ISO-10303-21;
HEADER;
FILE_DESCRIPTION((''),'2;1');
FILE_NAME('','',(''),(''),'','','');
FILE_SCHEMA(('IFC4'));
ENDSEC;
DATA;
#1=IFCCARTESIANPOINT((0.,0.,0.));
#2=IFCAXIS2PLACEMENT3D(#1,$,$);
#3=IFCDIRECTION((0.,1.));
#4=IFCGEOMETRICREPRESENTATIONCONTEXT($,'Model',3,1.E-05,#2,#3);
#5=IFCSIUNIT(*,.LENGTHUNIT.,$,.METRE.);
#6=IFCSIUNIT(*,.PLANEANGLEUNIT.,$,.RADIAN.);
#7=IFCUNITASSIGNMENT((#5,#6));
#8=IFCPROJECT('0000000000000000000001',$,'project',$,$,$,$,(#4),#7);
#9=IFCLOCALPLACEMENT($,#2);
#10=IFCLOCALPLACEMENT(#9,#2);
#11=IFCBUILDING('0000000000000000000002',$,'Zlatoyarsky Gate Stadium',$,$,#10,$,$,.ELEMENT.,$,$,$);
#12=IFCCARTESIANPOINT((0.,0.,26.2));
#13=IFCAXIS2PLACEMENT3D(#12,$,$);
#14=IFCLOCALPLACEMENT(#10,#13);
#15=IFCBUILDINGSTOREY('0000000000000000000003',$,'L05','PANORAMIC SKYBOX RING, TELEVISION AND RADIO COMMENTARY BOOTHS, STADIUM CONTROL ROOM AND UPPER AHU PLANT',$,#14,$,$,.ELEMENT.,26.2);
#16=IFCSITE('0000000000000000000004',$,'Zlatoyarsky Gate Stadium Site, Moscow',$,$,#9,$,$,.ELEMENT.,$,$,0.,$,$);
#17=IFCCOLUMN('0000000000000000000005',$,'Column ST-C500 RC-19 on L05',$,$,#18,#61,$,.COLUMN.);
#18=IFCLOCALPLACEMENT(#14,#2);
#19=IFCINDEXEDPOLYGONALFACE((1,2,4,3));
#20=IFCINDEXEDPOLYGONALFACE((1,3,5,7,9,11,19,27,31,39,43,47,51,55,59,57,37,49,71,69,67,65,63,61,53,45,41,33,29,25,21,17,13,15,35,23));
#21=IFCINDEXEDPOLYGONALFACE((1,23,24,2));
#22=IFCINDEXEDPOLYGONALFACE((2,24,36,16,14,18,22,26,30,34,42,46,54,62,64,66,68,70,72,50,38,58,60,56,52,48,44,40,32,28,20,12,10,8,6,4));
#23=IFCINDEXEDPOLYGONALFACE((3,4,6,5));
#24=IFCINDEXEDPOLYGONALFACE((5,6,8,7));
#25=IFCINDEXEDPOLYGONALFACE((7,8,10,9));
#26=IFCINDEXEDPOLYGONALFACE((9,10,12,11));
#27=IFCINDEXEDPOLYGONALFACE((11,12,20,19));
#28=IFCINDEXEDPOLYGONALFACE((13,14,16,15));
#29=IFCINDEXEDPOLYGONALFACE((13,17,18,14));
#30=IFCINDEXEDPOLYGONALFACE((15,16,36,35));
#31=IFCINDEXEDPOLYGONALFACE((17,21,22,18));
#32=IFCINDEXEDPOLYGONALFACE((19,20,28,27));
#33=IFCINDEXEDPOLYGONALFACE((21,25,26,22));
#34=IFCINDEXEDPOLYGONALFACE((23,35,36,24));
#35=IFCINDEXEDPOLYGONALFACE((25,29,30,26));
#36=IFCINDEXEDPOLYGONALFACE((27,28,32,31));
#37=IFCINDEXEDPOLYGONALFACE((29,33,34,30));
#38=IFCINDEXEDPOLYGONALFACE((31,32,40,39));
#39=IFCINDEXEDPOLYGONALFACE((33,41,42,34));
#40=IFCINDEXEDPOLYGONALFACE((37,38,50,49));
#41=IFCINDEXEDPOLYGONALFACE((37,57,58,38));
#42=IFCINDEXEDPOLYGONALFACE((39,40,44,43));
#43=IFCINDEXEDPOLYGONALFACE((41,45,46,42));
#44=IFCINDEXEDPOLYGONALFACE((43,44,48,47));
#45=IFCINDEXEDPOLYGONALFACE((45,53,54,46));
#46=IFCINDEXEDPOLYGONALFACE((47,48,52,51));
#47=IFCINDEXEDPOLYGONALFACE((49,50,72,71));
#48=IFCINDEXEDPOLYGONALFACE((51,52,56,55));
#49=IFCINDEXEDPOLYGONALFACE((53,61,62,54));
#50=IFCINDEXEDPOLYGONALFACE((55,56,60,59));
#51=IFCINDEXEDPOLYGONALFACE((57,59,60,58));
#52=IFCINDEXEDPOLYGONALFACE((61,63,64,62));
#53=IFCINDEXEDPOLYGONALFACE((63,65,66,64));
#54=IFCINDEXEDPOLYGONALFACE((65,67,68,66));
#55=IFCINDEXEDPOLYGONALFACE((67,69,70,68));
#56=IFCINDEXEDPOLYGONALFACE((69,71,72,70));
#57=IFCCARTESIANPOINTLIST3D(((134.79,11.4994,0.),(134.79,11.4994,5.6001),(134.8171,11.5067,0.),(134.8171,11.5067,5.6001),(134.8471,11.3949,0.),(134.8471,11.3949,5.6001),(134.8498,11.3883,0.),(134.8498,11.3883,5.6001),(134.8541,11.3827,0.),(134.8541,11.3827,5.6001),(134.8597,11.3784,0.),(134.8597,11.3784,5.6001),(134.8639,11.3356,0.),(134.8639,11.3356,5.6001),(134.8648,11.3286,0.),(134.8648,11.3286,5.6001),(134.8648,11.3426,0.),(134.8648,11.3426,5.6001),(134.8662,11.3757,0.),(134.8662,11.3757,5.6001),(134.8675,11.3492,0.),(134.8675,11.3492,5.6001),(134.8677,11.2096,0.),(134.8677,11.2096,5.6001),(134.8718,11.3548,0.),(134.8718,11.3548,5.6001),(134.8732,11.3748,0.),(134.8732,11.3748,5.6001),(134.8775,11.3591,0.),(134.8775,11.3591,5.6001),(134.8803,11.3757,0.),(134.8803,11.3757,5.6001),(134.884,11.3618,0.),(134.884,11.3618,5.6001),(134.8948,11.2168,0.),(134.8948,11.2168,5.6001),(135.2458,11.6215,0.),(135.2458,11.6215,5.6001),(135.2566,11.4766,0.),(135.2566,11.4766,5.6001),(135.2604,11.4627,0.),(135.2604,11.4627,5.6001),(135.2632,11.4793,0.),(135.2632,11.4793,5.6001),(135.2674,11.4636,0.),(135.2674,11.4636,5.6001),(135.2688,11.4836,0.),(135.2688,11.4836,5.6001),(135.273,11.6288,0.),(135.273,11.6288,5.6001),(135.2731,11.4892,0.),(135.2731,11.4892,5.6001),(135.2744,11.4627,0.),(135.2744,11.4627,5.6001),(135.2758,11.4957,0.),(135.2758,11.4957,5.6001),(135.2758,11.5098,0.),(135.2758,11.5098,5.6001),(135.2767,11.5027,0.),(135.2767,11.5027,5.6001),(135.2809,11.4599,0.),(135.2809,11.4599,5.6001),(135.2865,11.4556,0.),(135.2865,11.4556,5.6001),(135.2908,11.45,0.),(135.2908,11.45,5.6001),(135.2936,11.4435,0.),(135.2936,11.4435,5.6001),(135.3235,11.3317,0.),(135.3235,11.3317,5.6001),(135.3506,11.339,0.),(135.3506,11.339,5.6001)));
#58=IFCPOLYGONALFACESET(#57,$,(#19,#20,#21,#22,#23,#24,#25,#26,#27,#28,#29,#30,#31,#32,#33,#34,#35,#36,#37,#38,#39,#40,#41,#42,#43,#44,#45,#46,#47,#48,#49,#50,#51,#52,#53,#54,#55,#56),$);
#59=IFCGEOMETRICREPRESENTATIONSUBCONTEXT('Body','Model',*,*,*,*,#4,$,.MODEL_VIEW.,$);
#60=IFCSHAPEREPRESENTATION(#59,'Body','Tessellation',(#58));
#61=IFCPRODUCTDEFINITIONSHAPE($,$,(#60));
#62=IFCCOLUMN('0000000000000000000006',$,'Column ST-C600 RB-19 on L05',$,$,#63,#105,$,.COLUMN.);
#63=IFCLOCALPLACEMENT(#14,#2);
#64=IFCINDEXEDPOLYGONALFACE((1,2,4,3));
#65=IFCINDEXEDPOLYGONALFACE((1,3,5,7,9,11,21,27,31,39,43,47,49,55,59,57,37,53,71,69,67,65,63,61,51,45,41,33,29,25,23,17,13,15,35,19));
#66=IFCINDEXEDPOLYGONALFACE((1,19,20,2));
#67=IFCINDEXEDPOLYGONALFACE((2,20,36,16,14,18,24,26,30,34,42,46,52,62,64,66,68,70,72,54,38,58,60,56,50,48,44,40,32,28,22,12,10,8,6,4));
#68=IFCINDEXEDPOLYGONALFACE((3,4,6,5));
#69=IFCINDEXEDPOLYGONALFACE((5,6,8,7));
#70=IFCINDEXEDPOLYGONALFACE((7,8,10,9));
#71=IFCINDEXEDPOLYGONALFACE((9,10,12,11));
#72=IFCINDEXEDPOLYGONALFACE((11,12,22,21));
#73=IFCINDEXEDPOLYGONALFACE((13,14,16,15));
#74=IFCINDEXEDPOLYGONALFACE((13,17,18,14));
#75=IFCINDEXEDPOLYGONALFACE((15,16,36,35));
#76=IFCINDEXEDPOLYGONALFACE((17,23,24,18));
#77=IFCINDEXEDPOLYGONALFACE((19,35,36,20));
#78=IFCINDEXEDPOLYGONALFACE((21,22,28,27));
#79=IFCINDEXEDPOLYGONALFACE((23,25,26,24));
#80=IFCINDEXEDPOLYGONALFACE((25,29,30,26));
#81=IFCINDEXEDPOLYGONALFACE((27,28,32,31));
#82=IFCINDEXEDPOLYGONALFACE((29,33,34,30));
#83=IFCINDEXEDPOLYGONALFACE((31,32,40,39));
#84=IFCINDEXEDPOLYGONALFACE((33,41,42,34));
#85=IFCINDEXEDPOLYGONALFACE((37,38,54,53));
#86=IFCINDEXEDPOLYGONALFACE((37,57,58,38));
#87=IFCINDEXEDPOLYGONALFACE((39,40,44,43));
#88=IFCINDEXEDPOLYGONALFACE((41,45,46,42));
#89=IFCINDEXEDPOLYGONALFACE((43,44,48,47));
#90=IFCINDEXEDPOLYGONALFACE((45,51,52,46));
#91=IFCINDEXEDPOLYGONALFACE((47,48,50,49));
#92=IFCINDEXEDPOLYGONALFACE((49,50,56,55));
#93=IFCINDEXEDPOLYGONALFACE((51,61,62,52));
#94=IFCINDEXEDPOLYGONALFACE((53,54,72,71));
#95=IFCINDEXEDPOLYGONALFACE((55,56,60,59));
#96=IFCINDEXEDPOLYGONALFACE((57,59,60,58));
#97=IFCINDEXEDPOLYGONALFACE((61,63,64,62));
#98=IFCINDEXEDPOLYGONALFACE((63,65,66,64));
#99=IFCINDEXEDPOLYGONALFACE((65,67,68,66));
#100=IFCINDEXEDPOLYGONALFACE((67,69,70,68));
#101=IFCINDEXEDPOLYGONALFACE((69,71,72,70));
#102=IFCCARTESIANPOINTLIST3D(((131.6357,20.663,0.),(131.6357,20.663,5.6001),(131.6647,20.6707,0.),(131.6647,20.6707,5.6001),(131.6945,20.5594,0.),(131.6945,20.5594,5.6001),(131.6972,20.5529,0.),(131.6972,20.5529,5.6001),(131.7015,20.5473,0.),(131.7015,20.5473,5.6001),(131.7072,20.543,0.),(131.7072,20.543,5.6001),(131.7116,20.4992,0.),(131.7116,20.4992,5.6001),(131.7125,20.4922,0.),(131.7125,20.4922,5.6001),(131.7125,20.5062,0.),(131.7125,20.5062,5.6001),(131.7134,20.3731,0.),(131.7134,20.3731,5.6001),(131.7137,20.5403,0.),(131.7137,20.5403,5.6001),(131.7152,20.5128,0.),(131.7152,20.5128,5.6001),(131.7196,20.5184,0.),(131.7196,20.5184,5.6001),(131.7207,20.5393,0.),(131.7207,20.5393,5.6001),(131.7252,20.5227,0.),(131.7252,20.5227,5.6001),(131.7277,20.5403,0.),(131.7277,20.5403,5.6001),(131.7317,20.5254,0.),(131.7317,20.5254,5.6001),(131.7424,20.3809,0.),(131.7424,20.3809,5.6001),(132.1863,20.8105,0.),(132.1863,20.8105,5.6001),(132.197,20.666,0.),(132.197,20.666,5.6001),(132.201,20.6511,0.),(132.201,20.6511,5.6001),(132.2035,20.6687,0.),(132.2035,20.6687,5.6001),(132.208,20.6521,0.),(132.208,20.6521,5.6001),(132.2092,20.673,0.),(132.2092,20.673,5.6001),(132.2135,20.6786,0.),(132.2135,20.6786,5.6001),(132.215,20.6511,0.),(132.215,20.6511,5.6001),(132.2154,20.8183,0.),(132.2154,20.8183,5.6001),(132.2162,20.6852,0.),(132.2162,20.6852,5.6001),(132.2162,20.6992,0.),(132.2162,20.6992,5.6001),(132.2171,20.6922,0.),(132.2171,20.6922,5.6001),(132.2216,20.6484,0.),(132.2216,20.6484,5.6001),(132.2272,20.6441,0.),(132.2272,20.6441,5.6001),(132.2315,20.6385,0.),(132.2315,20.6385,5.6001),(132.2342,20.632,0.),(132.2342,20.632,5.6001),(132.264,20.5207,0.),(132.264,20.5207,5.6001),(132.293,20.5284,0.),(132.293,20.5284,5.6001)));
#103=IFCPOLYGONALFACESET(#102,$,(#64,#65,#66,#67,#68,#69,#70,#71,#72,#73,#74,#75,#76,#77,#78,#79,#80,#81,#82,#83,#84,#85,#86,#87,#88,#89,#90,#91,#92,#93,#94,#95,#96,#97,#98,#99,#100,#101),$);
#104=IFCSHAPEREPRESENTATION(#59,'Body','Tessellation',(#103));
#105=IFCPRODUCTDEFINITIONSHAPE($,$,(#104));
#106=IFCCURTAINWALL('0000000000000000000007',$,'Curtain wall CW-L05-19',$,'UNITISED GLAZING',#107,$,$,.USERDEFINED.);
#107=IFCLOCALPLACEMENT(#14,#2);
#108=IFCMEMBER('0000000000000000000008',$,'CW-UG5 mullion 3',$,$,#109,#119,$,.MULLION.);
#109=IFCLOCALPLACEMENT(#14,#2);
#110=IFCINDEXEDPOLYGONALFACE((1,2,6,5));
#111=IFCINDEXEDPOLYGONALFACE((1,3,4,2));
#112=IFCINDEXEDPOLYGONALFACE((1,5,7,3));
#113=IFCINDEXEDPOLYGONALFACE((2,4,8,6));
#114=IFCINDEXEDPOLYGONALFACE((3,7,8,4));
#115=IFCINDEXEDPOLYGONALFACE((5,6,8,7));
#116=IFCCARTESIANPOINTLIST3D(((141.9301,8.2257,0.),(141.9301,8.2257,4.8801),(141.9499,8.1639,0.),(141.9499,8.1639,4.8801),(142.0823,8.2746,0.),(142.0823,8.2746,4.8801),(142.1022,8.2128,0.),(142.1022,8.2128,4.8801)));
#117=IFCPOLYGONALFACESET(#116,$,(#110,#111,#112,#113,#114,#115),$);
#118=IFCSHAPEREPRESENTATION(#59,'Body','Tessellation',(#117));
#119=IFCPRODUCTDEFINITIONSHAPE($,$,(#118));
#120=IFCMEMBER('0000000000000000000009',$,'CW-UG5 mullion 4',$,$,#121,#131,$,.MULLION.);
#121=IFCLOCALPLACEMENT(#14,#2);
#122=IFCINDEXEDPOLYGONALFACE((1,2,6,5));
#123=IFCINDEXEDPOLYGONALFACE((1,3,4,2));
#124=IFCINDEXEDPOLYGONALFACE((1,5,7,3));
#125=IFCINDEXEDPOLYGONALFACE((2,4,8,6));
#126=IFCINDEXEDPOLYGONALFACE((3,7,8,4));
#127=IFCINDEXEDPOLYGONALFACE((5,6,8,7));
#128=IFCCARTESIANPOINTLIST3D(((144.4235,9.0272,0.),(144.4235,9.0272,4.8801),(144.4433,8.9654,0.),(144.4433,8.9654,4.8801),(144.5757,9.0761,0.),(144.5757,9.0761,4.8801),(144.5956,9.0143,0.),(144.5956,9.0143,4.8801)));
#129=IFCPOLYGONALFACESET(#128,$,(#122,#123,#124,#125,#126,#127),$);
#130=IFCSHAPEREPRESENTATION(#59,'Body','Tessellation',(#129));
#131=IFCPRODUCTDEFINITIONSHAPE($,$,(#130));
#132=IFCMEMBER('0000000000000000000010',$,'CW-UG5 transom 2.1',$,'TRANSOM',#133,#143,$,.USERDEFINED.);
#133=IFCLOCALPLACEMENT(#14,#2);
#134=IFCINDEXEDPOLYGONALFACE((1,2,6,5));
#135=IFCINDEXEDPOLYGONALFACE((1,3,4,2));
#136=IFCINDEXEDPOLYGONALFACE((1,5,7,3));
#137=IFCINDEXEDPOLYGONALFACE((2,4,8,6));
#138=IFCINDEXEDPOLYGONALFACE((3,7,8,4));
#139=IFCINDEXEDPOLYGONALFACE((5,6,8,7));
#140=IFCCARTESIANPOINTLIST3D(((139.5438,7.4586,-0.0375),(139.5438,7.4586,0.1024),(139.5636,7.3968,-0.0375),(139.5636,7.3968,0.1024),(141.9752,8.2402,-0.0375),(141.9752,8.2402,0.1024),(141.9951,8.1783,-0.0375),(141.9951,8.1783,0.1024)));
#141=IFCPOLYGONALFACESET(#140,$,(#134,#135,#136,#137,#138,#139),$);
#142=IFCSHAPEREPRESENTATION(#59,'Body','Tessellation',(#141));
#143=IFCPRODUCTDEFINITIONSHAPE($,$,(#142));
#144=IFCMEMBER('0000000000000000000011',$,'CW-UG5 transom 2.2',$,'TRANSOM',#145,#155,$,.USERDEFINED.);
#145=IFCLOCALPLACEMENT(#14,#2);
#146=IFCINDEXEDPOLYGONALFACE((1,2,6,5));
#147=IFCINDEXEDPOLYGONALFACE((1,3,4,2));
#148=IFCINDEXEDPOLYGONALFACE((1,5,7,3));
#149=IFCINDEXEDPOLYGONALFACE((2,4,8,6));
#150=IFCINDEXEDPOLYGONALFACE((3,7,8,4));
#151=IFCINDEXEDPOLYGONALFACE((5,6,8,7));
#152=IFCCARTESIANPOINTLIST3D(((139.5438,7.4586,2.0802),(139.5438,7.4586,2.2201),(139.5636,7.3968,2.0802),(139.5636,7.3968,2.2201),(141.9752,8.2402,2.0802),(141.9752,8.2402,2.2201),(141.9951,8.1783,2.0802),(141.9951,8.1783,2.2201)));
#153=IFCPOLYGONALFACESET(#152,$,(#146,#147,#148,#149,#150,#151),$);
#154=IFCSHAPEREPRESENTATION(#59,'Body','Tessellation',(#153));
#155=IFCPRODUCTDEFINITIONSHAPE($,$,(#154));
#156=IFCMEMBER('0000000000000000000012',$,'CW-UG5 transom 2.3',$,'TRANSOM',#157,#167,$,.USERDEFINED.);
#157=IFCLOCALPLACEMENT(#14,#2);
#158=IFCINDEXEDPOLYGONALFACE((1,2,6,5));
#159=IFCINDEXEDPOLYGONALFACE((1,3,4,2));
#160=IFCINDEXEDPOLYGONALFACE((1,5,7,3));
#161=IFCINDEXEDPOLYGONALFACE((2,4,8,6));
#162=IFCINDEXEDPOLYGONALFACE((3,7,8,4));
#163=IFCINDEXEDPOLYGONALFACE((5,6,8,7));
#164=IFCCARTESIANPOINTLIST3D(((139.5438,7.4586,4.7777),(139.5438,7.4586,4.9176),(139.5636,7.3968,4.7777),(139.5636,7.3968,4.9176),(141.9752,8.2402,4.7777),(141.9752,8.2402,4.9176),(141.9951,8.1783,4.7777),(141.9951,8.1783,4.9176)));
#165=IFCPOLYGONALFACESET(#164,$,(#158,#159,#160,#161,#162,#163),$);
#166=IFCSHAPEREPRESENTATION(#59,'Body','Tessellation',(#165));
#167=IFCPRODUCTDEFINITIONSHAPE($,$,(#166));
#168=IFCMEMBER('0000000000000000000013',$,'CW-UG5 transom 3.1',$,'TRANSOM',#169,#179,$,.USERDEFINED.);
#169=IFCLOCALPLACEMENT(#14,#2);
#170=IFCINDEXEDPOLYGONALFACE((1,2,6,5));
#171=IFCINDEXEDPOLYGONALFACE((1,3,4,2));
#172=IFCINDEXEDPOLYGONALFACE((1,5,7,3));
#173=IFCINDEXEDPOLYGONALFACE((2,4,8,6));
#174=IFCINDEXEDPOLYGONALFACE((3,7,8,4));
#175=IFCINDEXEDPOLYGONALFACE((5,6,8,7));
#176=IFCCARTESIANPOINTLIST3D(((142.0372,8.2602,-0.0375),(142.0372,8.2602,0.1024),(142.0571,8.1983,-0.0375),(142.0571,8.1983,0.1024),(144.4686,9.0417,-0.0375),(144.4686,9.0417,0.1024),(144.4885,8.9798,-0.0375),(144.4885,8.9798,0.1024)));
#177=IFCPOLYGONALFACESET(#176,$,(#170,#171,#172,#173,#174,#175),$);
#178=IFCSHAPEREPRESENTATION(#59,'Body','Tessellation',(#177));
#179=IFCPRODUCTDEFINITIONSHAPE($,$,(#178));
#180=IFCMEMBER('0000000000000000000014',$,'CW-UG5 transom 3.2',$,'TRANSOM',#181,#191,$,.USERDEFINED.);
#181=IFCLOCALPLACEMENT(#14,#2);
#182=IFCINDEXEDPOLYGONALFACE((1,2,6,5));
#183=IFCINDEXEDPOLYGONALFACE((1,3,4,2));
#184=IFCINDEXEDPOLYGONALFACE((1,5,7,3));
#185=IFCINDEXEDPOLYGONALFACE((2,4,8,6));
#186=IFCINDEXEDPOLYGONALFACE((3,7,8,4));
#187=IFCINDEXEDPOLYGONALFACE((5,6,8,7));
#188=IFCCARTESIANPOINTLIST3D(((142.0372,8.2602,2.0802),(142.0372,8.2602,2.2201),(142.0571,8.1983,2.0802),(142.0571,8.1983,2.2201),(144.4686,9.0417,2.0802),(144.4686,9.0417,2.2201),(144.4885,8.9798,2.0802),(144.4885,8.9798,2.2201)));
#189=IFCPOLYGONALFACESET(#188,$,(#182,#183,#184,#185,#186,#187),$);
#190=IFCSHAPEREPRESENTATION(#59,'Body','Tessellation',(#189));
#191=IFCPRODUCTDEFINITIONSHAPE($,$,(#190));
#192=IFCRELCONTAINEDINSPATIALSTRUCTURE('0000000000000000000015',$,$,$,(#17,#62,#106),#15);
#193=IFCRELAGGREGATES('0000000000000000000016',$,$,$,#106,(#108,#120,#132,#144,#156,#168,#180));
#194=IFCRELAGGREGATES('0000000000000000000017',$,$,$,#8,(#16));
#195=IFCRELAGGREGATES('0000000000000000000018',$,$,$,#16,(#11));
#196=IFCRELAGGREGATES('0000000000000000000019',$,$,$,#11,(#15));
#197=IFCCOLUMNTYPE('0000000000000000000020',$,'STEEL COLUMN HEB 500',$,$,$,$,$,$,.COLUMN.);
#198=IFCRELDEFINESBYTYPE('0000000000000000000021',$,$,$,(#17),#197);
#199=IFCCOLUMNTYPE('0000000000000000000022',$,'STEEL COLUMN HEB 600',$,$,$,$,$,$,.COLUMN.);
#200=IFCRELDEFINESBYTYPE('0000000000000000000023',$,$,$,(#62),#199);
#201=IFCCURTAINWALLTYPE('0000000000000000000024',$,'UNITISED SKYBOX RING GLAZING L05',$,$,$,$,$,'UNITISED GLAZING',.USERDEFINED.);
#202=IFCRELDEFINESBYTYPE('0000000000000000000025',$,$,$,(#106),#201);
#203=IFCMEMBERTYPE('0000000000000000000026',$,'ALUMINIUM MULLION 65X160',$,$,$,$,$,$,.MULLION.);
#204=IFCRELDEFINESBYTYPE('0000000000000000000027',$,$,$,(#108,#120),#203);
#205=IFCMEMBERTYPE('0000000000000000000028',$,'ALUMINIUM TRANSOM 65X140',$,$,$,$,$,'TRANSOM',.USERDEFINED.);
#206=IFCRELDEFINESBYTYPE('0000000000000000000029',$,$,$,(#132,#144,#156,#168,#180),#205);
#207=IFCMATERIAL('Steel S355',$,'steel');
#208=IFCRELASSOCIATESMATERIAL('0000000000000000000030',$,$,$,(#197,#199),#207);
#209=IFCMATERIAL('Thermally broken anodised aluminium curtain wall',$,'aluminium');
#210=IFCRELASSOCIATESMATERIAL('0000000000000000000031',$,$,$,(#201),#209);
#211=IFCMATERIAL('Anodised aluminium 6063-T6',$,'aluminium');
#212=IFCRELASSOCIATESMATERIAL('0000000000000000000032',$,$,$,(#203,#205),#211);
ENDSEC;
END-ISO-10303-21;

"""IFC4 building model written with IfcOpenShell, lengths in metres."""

from ifc_helpers import new_model, si_unit, direction, frame, origin, origin_2d, place, context, subcontext, project, spatial, rectangle, i_section, extrude, material, material_profile, profile_set, type_object, element, aggregate, save


model = new_model("IFC4")

# Units and contexts
model_context = context("Model", 3, precision=1e-05, world=origin(), true_north=direction((0.0, 1.0)))
body_context = subcontext(model_context, "Body", "Model", "MODEL_VIEW")
ifc_project = project(units=[si_unit("LENGTHUNIT", "METRE"), si_unit("PLANEANGLEUNIT", "RADIAN")], contexts=[model_context])

# Site, building, storey
site_placement = place(None, origin())
site = spatial("IfcSite", under=ifc_project, at=site_placement, Name="Zlatoyarsky Gate Stadium Site, Moscow", CompositionType="ELEMENT", RefElevation=0.0)
building_placement = place(site_placement, origin())
building = spatial("IfcBuilding", under=site, at=building_placement, Name="Zlatoyarsky Gate Stadium", CompositionType="ELEMENT")
storey_placement = place(building_placement, frame((0.0, 0.0, 26.2)))
storey = spatial("IfcBuildingStorey", under=building, at=storey_placement, Name="L05", Description="PANORAMIC SKYBOX RING, TELEVISION AND RADIO COMMENTARY BOOTHS, STADIUM CONTROL ROOM AND UPPER AHU PLANT", CompositionType="ELEMENT", Elevation=26.2)

# Columns
ifc_material_1 = material(Name="Steel S355", Category="steel")
ifc_material_profile_1 = material_profile(ifc_material_1, i_section(OverallWidth=0.3, OverallDepth=0.5, WebThickness=0.0144, FlangeThickness=0.0281, FilletRadius=0.0271, at=origin_2d()), Name="HEB 500")
ifc_profile_set_1 = profile_set([ifc_material_profile_1], Name="Steel S355")
column_type_1 = type_object("IfcColumnType", Name="STEEL COLUMN HEB 500", PredefinedType="COLUMN", material=ifc_profile_set_1)
column_1_placement = place(storey_placement, frame((135.0703, 11.4192, 0.0), z_axis=(0.0, 0.0, 1.0), x_axis=(0.258819, -0.965926, 0.0)))
element("IfcColumn", 1, at=column_1_placement, inside=storey, type_object=column_type_1, Name="Column ST-C500 RC-19 on L05", PredefinedType="COLUMN", context=body_context, shape_type="SweptSolid", body=[
    extrude(i_section(OverallWidth=0.3, OverallDepth=0.5, WebThickness=0.0144, FlangeThickness=0.0281, FilletRadius=0.0271, at=origin_2d()), origin(), (0.0, 0.0, 1.0), 5.6001),
])
ifc_material_profile_2 = material_profile(ifc_material_1, i_section(OverallWidth=0.3, OverallDepth=0.6001, WebThickness=0.0154, FlangeThickness=0.03, FilletRadius=0.0271, at=origin_2d()), Name="HEB 600")
ifc_profile_set_2 = profile_set([ifc_material_profile_2], Name="Steel S355")
column_type_2 = type_object("IfcColumnType", Name="STEEL COLUMN HEB 600", PredefinedType="COLUMN", material=ifc_profile_set_2)
column_2_placement = place(storey_placement, frame((131.9644, 20.5957, 0.0), z_axis=(0.0, 0.0, 1.0), x_axis=(0.258819, -0.965926, 0.0)))
element("IfcColumn", 2, at=column_2_placement, inside=storey, type_object=column_type_2, Name="Column ST-C600 RB-19 on L05", PredefinedType="COLUMN", context=body_context, shape_type="SweptSolid", body=[
    extrude(i_section(OverallWidth=0.3, OverallDepth=0.6001, WebThickness=0.0154, FlangeThickness=0.03, FilletRadius=0.0271, at=origin_2d()), origin(), (0.0, 0.0, 1.0), 5.6001),
])

# Curtain wall, members
ifc_material_2 = material(Name="Thermally broken anodised aluminium curtain wall", Category="aluminium")
curtain_wall_type = type_object("IfcCurtainWallType", Name="UNITISED SKYBOX RING GLAZING L05", ElementType="UNITISED GLAZING", PredefinedType="USERDEFINED", material=ifc_material_2)
curtain_wall_placement = place(storey_placement, origin())
curtain_wall = element("IfcCurtainWall", 3, at=curtain_wall_placement, inside=storey, type_object=curtain_wall_type, Name="Curtain wall CW-L05-19", ObjectType="UNITISED GLAZING", PredefinedType="USERDEFINED")
ifc_material_3 = material(Name="Anodised aluminium 6063-T6", Category="aluminium")
ifc_material_profile_3 = material_profile(ifc_material_3, rectangle(XDim=0.0649, YDim=0.1599, at=origin_2d()), Name="ALU 65X160")
ifc_profile_set_3 = profile_set([ifc_material_profile_3], Name="Anodised aluminium 6063-T6")
member_type_1 = type_object("IfcMemberType", Name="ALUMINIUM MULLION 65X160", PredefinedType="MULLION", material=ifc_profile_set_3)
member_1_placement = place(storey_placement, frame((142.0161, 8.2192, 0.0), z_axis=(0.0, 0.0, 1.0), x_axis=(-0.305978, 0.952039, 0.0)))
member_1 = element("IfcMember", 4, at=member_1_placement, type_object=member_type_1, Name="CW-UG5 mullion 3", PredefinedType="MULLION", context=body_context, shape_type="SweptSolid", body=[
    extrude(rectangle(XDim=0.0649, YDim=0.1599, at=origin_2d()), origin(), (0.0, 0.0, 1.0), 4.8801),
])
member_2_placement = place(storey_placement, frame((144.5095, 9.0208, 0.0), z_axis=(0.0, 0.0, 1.0), x_axis=(-0.305978, 0.952039, 0.0)))
member_2 = element("IfcMember", 5, at=member_2_placement, type_object=member_type_1, Name="CW-UG5 mullion 4", PredefinedType="MULLION", context=body_context, shape_type="SweptSolid", body=[
    extrude(rectangle(XDim=0.0649, YDim=0.1599, at=origin_2d()), origin(), (0.0, 0.0, 1.0), 4.8801),
])
ifc_material_profile_4 = material_profile(ifc_material_3, rectangle(XDim=0.0649, YDim=0.1399, at=origin_2d()), Name="ALU 65X140")
ifc_profile_set_4 = profile_set([ifc_material_profile_4], Name="Anodised aluminium 6063-T6")
member_type_2 = type_object("IfcMemberType", Name="ALUMINIUM TRANSOM 65X140", ElementType="TRANSOM", PredefinedType="USERDEFINED", material=ifc_profile_set_4)
member_3_placement = place(storey_placement, frame((139.5537, 7.4277, 0.0325), z_axis=(0.952032, 0.306, 0.0), x_axis=(-0.306, 0.952032, 0.0)))
member_3 = element("IfcMember", 6, at=member_3_placement, type_object=member_type_2, Name="CW-UG5 transom 2.1", ObjectType="TRANSOM", PredefinedType="USERDEFINED", context=body_context, shape_type="SweptSolid", body=[
    extrude(rectangle(XDim=0.0649, YDim=0.1399, at=origin_2d()), origin(), (0.0, 0.0, 1.0), 2.554),
])
member_4_placement = place(storey_placement, frame((139.5537, 7.4277, 2.1501), z_axis=(0.952032, 0.306, 0.0), x_axis=(-0.306, 0.952032, 0.0)))
member_4 = element("IfcMember", 7, at=member_4_placement, type_object=member_type_2, Name="CW-UG5 transom 2.2", ObjectType="TRANSOM", PredefinedType="USERDEFINED", context=body_context, shape_type="SweptSolid", body=[
    extrude(rectangle(XDim=0.0649, YDim=0.1399, at=origin_2d()), origin(), (0.0, 0.0, 1.0), 2.554),
])
member_5_placement = place(storey_placement, frame((139.5537, 7.4277, 4.8477), z_axis=(0.952032, 0.306, 0.0), x_axis=(-0.306, 0.952032, 0.0)))
member_5 = element("IfcMember", 8, at=member_5_placement, type_object=member_type_2, Name="CW-UG5 transom 2.3", ObjectType="TRANSOM", PredefinedType="USERDEFINED", context=body_context, shape_type="SweptSolid", body=[
    extrude(rectangle(XDim=0.0649, YDim=0.1399, at=origin_2d()), origin(), (0.0, 0.0, 1.0), 2.554),
])
member_6_placement = place(storey_placement, frame((142.0471, 8.2292, 0.0325), z_axis=(0.952032, 0.306, 0.0), x_axis=(-0.306, 0.952032, 0.0)))
member_6 = element("IfcMember", 9, at=member_6_placement, type_object=member_type_2, Name="CW-UG5 transom 3.1", ObjectType="TRANSOM", PredefinedType="USERDEFINED", context=body_context, shape_type="SweptSolid", body=[
    extrude(rectangle(XDim=0.0649, YDim=0.1399, at=origin_2d()), origin(), (0.0, 0.0, 1.0), 2.554),
])
member_7_placement = place(storey_placement, frame((142.0471, 8.2292, 2.1501), z_axis=(0.952032, 0.306, 0.0), x_axis=(-0.306, 0.952032, 0.0)))
member_7 = element("IfcMember", 10, at=member_7_placement, type_object=member_type_2, Name="CW-UG5 transom 3.2", ObjectType="TRANSOM", PredefinedType="USERDEFINED", context=body_context, shape_type="SweptSolid", body=[
    extrude(rectangle(XDim=0.0649, YDim=0.1399, at=origin_2d()), origin(), (0.0, 0.0, 1.0), 2.554),
])

aggregate(curtain_wall, [member_1, member_2, member_3, member_4, member_5, member_6, member_7])

save(model, "model.ifc")
